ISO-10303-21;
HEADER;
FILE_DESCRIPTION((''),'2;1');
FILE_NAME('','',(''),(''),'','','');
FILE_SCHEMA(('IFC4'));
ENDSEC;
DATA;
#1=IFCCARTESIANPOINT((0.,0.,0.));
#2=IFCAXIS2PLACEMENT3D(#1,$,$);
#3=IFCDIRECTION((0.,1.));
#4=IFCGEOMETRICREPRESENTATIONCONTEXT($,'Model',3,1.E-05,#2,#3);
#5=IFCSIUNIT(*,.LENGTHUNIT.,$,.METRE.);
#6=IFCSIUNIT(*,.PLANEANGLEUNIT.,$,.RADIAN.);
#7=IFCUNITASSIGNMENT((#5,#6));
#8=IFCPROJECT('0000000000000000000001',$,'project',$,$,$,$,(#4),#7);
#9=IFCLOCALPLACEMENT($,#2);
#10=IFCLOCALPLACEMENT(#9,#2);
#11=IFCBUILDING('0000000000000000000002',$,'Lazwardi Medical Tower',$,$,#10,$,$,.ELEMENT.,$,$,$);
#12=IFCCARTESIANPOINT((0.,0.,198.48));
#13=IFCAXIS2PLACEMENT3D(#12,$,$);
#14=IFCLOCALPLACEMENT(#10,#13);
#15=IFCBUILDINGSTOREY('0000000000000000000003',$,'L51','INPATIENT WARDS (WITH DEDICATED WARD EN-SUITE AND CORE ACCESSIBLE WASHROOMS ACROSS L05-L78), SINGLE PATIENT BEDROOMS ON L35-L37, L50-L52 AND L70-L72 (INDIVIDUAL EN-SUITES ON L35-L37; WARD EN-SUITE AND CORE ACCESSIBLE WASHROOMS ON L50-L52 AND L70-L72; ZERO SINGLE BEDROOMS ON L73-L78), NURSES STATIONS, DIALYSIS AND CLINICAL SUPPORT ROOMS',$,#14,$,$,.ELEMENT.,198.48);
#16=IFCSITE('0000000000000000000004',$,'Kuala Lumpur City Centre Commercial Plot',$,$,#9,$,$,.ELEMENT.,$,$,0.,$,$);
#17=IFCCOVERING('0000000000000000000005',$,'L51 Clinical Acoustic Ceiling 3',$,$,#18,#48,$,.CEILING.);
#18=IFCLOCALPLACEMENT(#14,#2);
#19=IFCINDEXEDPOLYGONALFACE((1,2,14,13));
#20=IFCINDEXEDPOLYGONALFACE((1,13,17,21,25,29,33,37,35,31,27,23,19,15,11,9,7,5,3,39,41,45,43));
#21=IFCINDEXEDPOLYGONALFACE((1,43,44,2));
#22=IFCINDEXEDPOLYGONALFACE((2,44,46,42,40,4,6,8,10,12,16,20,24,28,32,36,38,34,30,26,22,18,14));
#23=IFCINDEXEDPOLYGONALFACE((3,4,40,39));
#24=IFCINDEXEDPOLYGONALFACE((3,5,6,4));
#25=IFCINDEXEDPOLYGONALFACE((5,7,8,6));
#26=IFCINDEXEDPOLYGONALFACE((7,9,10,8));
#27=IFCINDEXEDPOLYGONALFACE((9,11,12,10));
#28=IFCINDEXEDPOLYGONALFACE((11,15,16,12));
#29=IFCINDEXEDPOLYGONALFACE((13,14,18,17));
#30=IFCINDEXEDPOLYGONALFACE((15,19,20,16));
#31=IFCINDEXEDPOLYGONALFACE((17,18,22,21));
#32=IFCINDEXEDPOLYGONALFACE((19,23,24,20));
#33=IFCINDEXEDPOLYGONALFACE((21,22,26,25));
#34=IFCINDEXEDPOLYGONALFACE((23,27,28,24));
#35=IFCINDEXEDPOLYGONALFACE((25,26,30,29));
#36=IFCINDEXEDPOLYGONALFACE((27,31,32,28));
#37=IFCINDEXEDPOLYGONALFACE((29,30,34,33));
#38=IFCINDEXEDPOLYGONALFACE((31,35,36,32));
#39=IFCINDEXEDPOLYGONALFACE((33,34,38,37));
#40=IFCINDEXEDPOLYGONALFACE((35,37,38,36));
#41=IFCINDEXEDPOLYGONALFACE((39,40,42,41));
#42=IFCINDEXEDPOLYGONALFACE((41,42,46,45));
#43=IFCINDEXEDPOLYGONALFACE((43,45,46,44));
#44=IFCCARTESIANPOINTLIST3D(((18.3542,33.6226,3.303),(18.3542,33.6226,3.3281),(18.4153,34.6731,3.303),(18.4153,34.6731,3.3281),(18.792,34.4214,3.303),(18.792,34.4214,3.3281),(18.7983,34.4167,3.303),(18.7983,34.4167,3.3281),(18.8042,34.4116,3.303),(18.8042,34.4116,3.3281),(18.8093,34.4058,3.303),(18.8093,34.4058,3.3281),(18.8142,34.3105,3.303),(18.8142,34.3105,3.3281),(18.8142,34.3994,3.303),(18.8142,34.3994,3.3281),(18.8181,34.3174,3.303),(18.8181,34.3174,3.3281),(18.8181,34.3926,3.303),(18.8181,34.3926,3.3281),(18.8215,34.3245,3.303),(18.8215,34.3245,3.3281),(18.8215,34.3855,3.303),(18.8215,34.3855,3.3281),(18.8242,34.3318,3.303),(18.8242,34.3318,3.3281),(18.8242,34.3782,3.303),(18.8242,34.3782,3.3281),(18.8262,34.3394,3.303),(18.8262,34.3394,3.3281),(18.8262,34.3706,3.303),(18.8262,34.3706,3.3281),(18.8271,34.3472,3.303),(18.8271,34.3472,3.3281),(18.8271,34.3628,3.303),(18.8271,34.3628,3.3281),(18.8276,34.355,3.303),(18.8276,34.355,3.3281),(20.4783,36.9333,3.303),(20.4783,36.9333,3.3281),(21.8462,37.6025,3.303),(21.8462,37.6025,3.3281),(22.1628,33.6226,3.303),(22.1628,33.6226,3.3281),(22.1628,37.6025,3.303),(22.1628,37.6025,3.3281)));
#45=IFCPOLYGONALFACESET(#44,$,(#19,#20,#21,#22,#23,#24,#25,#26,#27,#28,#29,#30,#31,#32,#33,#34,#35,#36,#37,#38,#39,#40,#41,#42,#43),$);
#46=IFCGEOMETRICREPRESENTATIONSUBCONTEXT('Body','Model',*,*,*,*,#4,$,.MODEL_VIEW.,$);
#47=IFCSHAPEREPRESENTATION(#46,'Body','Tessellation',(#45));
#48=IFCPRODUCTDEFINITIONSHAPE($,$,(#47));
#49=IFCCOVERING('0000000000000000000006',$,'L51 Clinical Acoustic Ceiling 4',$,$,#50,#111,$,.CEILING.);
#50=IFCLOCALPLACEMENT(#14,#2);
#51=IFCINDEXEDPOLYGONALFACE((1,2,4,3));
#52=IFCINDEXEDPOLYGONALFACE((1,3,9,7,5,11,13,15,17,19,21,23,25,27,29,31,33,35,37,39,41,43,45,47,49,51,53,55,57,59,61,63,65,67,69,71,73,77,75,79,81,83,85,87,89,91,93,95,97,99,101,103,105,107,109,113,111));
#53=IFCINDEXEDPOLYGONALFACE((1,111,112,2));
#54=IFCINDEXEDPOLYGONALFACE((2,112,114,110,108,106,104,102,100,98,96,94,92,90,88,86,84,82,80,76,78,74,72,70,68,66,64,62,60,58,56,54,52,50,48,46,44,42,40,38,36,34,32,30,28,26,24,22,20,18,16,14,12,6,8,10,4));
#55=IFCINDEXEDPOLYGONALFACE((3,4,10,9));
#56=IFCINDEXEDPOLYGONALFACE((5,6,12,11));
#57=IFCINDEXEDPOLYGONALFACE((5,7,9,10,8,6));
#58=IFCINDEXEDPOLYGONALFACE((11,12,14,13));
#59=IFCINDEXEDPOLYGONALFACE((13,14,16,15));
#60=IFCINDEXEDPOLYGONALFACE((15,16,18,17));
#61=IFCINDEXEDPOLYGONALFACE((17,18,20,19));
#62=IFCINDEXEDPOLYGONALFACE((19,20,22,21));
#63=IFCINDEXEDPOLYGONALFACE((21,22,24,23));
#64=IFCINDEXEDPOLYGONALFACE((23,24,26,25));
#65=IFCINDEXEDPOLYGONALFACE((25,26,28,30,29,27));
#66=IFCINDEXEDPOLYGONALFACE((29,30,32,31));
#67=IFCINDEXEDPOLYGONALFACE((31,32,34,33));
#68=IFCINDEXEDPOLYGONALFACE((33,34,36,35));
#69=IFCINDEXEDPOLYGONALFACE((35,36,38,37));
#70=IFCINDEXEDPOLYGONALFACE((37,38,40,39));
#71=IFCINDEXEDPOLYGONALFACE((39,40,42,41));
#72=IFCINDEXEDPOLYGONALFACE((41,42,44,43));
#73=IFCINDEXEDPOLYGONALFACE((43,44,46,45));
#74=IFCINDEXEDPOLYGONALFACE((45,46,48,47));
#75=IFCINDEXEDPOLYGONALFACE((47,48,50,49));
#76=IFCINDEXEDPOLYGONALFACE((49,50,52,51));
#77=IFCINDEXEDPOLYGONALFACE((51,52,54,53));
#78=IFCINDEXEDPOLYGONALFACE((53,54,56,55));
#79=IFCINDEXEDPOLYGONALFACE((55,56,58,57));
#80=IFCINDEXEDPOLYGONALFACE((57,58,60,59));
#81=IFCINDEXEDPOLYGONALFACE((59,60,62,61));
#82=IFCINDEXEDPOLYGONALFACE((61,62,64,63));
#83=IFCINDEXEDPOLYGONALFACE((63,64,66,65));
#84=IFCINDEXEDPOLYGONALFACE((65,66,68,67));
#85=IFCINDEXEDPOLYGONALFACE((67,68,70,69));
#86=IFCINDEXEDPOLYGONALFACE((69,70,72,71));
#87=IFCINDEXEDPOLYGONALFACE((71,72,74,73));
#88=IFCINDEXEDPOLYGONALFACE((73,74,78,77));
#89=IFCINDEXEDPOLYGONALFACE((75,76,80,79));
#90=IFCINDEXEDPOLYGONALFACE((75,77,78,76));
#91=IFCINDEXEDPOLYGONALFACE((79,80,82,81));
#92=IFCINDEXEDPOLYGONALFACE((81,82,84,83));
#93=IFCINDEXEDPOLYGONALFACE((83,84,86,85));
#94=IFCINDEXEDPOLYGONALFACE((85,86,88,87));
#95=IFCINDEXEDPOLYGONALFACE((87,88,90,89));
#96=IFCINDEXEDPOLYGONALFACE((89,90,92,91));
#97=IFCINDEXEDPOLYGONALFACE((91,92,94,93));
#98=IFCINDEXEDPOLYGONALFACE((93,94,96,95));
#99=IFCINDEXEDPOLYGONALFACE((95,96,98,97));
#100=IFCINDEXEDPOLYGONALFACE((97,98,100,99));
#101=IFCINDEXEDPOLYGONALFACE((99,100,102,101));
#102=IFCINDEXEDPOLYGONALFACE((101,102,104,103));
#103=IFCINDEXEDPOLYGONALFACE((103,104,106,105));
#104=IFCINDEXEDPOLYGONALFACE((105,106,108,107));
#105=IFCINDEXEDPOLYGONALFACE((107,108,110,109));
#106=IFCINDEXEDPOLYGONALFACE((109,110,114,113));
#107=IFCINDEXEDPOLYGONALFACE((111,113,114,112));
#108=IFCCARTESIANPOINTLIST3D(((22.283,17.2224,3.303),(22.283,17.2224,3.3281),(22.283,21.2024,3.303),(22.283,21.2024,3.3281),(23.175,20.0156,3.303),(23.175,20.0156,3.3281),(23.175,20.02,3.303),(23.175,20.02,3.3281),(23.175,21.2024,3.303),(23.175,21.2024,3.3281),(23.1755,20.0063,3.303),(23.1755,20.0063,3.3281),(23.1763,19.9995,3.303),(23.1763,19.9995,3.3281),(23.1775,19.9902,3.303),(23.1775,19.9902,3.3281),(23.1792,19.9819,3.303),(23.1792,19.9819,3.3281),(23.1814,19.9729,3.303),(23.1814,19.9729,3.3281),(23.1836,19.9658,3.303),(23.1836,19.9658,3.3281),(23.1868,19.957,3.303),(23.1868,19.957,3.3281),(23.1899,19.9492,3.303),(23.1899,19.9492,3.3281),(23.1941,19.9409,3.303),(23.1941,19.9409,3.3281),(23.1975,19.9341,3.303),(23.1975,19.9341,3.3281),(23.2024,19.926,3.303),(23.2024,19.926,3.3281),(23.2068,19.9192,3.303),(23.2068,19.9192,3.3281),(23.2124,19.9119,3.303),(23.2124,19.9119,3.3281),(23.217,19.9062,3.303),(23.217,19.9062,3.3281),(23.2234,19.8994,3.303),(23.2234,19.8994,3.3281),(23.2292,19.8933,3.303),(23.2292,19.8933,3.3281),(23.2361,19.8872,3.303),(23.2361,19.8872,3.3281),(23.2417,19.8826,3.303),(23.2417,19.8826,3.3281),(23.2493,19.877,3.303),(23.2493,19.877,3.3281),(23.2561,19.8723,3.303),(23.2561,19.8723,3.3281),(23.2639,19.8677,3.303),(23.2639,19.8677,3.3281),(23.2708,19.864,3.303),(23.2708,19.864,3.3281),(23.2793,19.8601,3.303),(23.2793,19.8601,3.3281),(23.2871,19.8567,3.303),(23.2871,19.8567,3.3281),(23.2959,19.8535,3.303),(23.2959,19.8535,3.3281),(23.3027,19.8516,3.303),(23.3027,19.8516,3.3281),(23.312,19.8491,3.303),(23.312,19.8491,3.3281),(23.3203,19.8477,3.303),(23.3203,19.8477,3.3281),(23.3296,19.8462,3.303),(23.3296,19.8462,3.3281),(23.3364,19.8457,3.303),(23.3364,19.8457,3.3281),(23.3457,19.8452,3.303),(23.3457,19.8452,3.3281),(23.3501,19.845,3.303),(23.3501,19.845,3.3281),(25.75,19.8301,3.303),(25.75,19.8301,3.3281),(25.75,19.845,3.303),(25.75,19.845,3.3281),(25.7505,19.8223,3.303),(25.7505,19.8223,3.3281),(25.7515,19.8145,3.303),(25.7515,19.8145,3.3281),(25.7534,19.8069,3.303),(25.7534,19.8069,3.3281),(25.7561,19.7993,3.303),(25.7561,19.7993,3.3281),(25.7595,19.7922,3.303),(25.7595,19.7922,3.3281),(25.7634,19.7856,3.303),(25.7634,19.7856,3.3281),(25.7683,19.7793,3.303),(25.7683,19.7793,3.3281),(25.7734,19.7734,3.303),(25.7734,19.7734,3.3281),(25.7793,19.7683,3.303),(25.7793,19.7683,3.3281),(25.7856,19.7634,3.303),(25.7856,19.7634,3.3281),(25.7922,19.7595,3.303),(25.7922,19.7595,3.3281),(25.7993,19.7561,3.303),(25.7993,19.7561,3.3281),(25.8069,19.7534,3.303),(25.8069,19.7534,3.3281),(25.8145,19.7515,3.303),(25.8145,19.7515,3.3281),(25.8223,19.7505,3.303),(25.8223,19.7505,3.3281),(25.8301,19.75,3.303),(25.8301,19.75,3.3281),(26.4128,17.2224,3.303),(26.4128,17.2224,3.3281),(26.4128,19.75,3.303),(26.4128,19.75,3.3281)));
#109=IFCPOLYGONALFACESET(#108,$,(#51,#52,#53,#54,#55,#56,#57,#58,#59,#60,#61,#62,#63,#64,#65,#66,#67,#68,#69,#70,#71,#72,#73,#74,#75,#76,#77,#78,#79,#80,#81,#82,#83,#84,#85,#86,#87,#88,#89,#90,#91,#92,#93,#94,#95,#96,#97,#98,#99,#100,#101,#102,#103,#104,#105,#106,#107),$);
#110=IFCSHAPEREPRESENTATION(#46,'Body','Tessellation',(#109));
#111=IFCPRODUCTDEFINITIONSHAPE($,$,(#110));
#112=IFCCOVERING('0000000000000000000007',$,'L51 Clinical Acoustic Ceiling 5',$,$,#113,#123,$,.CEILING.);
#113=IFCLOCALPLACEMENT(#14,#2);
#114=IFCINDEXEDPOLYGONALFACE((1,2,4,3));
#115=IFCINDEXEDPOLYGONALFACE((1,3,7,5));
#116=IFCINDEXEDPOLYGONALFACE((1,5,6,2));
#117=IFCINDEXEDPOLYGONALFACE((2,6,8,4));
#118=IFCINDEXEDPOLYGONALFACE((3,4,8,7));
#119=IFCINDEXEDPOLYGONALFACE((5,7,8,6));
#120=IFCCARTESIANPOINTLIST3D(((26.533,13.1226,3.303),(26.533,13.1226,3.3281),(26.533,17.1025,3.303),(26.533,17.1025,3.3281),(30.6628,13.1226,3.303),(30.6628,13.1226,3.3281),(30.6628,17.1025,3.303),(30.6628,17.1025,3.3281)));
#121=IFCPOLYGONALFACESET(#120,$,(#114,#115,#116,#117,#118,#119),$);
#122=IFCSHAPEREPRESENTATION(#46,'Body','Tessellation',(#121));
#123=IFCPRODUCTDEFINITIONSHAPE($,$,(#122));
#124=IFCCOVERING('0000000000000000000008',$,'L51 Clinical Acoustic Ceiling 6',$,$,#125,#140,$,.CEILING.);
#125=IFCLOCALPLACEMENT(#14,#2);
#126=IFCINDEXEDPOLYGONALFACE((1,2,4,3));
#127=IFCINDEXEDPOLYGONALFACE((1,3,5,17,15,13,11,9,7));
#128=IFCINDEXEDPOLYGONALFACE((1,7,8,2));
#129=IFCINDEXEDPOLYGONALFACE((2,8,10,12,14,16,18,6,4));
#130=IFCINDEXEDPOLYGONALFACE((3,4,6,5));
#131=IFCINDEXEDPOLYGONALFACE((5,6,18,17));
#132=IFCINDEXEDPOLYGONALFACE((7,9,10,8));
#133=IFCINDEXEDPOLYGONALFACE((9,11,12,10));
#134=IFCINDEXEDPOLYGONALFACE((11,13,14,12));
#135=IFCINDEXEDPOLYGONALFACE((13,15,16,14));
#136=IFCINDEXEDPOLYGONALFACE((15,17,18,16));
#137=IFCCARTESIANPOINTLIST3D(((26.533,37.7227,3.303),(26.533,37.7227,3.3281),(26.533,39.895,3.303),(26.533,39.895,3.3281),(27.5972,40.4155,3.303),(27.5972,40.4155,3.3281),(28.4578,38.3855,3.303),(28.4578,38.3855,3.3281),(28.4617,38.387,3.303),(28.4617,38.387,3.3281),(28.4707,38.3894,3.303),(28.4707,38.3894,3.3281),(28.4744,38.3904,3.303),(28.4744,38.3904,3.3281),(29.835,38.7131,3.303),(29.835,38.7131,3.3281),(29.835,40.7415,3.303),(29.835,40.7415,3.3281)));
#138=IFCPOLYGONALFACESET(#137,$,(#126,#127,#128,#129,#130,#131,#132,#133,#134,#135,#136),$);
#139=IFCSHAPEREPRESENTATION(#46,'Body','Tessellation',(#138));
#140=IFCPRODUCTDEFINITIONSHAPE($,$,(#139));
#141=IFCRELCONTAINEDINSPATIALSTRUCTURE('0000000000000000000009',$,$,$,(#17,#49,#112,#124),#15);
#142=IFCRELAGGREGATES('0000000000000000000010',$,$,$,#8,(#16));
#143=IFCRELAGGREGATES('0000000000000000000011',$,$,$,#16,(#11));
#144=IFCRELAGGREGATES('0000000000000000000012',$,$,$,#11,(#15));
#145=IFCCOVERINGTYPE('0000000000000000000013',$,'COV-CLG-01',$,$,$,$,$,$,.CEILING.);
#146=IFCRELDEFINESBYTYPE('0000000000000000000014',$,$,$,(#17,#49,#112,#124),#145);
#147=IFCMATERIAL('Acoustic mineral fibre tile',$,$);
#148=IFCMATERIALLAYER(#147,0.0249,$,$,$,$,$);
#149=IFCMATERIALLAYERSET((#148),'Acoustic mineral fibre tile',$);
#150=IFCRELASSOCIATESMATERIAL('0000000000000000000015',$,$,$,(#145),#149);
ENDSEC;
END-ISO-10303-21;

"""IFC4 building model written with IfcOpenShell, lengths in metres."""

from ifc_helpers import new_model, si_unit, direction, frame, origin, place, context, subcontext, project, spatial, polyline, outline, extrude, material, layer, layer_set, type_object, element, save


model = new_model("IFC4")

# Units and contexts
model_context = context("Model", 3, precision=1e-05, world=origin(), true_north=direction((0.0, 1.0)))
body_context = subcontext(model_context, "Body", "Model", "MODEL_VIEW")
ifc_project = project(units=[si_unit("LENGTHUNIT", "METRE"), si_unit("PLANEANGLEUNIT", "RADIAN")], contexts=[model_context])

# Site, building, storey
site_placement = place(None, origin())
site = spatial("IfcSite", under=ifc_project, at=site_placement, Name="Kuala Lumpur City Centre Commercial Plot", CompositionType="ELEMENT", RefElevation=0.0)
building_placement = place(site_placement, origin())
building = spatial("IfcBuilding", under=site, at=building_placement, Name="Lazwardi Medical Tower", CompositionType="ELEMENT")
storey_placement = place(building_placement, frame((0.0, 0.0, 198.48)))
storey = spatial("IfcBuildingStorey", under=building, at=storey_placement, Name="L51", Description="INPATIENT WARDS (WITH DEDICATED WARD EN-SUITE AND CORE ACCESSIBLE WASHROOMS ACROSS L05-L78), SINGLE PATIENT BEDROOMS ON L35-L37, L50-L52 AND L70-L72 (INDIVIDUAL EN-SUITES ON L35-L37; WARD EN-SUITE AND CORE ACCESSIBLE WASHROOMS ON L50-L52 AND L70-L72; ZERO SINGLE BEDROOMS ON L73-L78), NURSES STATIONS, DIALYSIS AND CLINICAL SUPPORT ROOMS", CompositionType="ELEMENT", Elevation=198.48)

# Coverings
ifc_material_1 = material(Name="Acoustic mineral fibre tile")
ifc_layer_1 = layer(ifc_material_1, 0.0249)
ifc_layer_set_1 = layer_set([ifc_layer_1], Name="Acoustic mineral fibre tile")
covering_type_1 = type_object("IfcCoveringType", Name="COV-CLG-01", PredefinedType="CEILING", material=ifc_layer_set_1)
covering_1_placement = place(storey_placement, frame((0.0, 0.0, 3.303)))
element("IfcCovering", 1, at=covering_1_placement, inside=storey, type_object=covering_type_1, Name="L51 Clinical Acoustic Ceiling 3", PredefinedType="CEILING", context=body_context, shape_type="SweptSolid", body=[
    extrude(outline(polyline([(21.8462, 37.6025), (20.4783, 36.9333), (18.4153, 34.6731), (18.792, 34.4214), (18.7983, 34.4167), (18.8042, 34.4116), (18.8093, 34.4058), (18.8142, 34.3994), (18.8181, 34.3926), (18.8215, 34.3855), (18.8242, 34.3782), (18.8262, 34.3706), (18.8271, 34.3628), (18.8276, 34.355), (18.8271, 34.3472), (18.8262, 34.3394), (18.8242, 34.3318), (18.8215, 34.3245), (18.8181, 34.3174), (18.8142, 34.3105), (18.3542, 33.6226), (22.1628, 33.6226), (22.1628, 37.6025), (21.8462, 37.6025)])), origin(), (0.0, 0.0, 1.0), 0.0251),
])
covering_2_placement = place(storey_placement, frame((0.0, 0.0, 3.303)))
element("IfcCovering", 2, at=covering_2_placement, inside=storey, type_object=covering_type_1, Name="L51 Clinical Acoustic Ceiling 4", PredefinedType="CEILING", context=body_context, shape_type="SweptSolid", body=[
    extrude(outline(polyline([(26.4128, 19.75), (25.8301, 19.75), (25.8223, 19.7505), (25.8145, 19.7515), (25.8069, 19.7534), (25.7993, 19.7561), (25.7922, 19.7595), (25.7856, 19.7634), (25.7793, 19.7683), (25.7734, 19.7734), (25.7683, 19.7793), (25.7634, 19.7856), (25.7595, 19.7922), (25.7561, 19.7993), (25.7534, 19.8069), (25.7515, 19.8145), (25.7505, 19.8223), (25.75, 19.8301), (25.75, 19.845), (23.3501, 19.845), (23.3457, 19.8452), (23.3364, 19.8457), (23.3296, 19.8462), (23.3203, 19.8477), (23.312, 19.8491), (23.3027, 19.8516), (23.2959, 19.8535), (23.2871, 19.8567), (23.2793, 19.8601), (23.2708, 19.864), (23.2639, 19.8677), (23.2561, 19.8723), (23.2493, 19.877), (23.2417, 19.8826), (23.2361, 19.8872), (23.2292, 19.8933), (23.2234, 19.8994), (23.217, 19.9062), (23.2124, 19.9119), (23.2068, 19.9192), (23.2024, 19.926), (23.1975, 19.9341), (23.1941, 19.9409), (23.1899, 19.9492), (23.1868, 19.957), (23.1836, 19.9658), (23.1814, 19.9729), (23.1792, 19.9819), (23.1775, 19.9902), (23.1763, 19.9995), (23.1755, 20.0063), (23.175, 20.0156), (23.175, 20.02), (23.175, 21.2024), (22.283, 21.2024), (22.283, 17.2224), (26.4128, 17.2224), (26.4128, 19.75)])), origin(), (0.0, 0.0, 1.0), 0.0251),
])
covering_3_placement = place(storey_placement, frame((0.0, 0.0, 3.303)))
element("IfcCovering", 3, at=covering_3_placement, inside=storey, type_object=covering_type_1, Name="L51 Clinical Acoustic Ceiling 5", PredefinedType="CEILING", context=body_context, shape_type="SweptSolid", body=[
    extrude(outline(polyline([(30.6628, 13.1226), (30.6628, 17.1025), (26.533, 17.1025), (26.533, 13.1226), (30.6628, 13.1226)])), origin(), (0.0, 0.0, 1.0), 0.0251),
])
covering_4_placement = place(storey_placement, frame((0.0, 0.0, 3.303)))
element("IfcCovering", 4, at=covering_4_placement, inside=storey, type_object=covering_type_1, Name="L51 Clinical Acoustic Ceiling 6", PredefinedType="CEILING", context=body_context, shape_type="SweptSolid", body=[
    extrude(outline(polyline([(26.533, 37.7227), (28.4578, 38.3855), (28.4617, 38.387), (28.4707, 38.3894), (28.4744, 38.3904), (29.835, 38.7131), (29.835, 40.7415), (27.5972, 40.4155), (26.533, 39.895), (26.533, 37.7227)])), origin(), (0.0, 0.0, 1.0), 0.0251),
])

save(model, "model.ifc")
